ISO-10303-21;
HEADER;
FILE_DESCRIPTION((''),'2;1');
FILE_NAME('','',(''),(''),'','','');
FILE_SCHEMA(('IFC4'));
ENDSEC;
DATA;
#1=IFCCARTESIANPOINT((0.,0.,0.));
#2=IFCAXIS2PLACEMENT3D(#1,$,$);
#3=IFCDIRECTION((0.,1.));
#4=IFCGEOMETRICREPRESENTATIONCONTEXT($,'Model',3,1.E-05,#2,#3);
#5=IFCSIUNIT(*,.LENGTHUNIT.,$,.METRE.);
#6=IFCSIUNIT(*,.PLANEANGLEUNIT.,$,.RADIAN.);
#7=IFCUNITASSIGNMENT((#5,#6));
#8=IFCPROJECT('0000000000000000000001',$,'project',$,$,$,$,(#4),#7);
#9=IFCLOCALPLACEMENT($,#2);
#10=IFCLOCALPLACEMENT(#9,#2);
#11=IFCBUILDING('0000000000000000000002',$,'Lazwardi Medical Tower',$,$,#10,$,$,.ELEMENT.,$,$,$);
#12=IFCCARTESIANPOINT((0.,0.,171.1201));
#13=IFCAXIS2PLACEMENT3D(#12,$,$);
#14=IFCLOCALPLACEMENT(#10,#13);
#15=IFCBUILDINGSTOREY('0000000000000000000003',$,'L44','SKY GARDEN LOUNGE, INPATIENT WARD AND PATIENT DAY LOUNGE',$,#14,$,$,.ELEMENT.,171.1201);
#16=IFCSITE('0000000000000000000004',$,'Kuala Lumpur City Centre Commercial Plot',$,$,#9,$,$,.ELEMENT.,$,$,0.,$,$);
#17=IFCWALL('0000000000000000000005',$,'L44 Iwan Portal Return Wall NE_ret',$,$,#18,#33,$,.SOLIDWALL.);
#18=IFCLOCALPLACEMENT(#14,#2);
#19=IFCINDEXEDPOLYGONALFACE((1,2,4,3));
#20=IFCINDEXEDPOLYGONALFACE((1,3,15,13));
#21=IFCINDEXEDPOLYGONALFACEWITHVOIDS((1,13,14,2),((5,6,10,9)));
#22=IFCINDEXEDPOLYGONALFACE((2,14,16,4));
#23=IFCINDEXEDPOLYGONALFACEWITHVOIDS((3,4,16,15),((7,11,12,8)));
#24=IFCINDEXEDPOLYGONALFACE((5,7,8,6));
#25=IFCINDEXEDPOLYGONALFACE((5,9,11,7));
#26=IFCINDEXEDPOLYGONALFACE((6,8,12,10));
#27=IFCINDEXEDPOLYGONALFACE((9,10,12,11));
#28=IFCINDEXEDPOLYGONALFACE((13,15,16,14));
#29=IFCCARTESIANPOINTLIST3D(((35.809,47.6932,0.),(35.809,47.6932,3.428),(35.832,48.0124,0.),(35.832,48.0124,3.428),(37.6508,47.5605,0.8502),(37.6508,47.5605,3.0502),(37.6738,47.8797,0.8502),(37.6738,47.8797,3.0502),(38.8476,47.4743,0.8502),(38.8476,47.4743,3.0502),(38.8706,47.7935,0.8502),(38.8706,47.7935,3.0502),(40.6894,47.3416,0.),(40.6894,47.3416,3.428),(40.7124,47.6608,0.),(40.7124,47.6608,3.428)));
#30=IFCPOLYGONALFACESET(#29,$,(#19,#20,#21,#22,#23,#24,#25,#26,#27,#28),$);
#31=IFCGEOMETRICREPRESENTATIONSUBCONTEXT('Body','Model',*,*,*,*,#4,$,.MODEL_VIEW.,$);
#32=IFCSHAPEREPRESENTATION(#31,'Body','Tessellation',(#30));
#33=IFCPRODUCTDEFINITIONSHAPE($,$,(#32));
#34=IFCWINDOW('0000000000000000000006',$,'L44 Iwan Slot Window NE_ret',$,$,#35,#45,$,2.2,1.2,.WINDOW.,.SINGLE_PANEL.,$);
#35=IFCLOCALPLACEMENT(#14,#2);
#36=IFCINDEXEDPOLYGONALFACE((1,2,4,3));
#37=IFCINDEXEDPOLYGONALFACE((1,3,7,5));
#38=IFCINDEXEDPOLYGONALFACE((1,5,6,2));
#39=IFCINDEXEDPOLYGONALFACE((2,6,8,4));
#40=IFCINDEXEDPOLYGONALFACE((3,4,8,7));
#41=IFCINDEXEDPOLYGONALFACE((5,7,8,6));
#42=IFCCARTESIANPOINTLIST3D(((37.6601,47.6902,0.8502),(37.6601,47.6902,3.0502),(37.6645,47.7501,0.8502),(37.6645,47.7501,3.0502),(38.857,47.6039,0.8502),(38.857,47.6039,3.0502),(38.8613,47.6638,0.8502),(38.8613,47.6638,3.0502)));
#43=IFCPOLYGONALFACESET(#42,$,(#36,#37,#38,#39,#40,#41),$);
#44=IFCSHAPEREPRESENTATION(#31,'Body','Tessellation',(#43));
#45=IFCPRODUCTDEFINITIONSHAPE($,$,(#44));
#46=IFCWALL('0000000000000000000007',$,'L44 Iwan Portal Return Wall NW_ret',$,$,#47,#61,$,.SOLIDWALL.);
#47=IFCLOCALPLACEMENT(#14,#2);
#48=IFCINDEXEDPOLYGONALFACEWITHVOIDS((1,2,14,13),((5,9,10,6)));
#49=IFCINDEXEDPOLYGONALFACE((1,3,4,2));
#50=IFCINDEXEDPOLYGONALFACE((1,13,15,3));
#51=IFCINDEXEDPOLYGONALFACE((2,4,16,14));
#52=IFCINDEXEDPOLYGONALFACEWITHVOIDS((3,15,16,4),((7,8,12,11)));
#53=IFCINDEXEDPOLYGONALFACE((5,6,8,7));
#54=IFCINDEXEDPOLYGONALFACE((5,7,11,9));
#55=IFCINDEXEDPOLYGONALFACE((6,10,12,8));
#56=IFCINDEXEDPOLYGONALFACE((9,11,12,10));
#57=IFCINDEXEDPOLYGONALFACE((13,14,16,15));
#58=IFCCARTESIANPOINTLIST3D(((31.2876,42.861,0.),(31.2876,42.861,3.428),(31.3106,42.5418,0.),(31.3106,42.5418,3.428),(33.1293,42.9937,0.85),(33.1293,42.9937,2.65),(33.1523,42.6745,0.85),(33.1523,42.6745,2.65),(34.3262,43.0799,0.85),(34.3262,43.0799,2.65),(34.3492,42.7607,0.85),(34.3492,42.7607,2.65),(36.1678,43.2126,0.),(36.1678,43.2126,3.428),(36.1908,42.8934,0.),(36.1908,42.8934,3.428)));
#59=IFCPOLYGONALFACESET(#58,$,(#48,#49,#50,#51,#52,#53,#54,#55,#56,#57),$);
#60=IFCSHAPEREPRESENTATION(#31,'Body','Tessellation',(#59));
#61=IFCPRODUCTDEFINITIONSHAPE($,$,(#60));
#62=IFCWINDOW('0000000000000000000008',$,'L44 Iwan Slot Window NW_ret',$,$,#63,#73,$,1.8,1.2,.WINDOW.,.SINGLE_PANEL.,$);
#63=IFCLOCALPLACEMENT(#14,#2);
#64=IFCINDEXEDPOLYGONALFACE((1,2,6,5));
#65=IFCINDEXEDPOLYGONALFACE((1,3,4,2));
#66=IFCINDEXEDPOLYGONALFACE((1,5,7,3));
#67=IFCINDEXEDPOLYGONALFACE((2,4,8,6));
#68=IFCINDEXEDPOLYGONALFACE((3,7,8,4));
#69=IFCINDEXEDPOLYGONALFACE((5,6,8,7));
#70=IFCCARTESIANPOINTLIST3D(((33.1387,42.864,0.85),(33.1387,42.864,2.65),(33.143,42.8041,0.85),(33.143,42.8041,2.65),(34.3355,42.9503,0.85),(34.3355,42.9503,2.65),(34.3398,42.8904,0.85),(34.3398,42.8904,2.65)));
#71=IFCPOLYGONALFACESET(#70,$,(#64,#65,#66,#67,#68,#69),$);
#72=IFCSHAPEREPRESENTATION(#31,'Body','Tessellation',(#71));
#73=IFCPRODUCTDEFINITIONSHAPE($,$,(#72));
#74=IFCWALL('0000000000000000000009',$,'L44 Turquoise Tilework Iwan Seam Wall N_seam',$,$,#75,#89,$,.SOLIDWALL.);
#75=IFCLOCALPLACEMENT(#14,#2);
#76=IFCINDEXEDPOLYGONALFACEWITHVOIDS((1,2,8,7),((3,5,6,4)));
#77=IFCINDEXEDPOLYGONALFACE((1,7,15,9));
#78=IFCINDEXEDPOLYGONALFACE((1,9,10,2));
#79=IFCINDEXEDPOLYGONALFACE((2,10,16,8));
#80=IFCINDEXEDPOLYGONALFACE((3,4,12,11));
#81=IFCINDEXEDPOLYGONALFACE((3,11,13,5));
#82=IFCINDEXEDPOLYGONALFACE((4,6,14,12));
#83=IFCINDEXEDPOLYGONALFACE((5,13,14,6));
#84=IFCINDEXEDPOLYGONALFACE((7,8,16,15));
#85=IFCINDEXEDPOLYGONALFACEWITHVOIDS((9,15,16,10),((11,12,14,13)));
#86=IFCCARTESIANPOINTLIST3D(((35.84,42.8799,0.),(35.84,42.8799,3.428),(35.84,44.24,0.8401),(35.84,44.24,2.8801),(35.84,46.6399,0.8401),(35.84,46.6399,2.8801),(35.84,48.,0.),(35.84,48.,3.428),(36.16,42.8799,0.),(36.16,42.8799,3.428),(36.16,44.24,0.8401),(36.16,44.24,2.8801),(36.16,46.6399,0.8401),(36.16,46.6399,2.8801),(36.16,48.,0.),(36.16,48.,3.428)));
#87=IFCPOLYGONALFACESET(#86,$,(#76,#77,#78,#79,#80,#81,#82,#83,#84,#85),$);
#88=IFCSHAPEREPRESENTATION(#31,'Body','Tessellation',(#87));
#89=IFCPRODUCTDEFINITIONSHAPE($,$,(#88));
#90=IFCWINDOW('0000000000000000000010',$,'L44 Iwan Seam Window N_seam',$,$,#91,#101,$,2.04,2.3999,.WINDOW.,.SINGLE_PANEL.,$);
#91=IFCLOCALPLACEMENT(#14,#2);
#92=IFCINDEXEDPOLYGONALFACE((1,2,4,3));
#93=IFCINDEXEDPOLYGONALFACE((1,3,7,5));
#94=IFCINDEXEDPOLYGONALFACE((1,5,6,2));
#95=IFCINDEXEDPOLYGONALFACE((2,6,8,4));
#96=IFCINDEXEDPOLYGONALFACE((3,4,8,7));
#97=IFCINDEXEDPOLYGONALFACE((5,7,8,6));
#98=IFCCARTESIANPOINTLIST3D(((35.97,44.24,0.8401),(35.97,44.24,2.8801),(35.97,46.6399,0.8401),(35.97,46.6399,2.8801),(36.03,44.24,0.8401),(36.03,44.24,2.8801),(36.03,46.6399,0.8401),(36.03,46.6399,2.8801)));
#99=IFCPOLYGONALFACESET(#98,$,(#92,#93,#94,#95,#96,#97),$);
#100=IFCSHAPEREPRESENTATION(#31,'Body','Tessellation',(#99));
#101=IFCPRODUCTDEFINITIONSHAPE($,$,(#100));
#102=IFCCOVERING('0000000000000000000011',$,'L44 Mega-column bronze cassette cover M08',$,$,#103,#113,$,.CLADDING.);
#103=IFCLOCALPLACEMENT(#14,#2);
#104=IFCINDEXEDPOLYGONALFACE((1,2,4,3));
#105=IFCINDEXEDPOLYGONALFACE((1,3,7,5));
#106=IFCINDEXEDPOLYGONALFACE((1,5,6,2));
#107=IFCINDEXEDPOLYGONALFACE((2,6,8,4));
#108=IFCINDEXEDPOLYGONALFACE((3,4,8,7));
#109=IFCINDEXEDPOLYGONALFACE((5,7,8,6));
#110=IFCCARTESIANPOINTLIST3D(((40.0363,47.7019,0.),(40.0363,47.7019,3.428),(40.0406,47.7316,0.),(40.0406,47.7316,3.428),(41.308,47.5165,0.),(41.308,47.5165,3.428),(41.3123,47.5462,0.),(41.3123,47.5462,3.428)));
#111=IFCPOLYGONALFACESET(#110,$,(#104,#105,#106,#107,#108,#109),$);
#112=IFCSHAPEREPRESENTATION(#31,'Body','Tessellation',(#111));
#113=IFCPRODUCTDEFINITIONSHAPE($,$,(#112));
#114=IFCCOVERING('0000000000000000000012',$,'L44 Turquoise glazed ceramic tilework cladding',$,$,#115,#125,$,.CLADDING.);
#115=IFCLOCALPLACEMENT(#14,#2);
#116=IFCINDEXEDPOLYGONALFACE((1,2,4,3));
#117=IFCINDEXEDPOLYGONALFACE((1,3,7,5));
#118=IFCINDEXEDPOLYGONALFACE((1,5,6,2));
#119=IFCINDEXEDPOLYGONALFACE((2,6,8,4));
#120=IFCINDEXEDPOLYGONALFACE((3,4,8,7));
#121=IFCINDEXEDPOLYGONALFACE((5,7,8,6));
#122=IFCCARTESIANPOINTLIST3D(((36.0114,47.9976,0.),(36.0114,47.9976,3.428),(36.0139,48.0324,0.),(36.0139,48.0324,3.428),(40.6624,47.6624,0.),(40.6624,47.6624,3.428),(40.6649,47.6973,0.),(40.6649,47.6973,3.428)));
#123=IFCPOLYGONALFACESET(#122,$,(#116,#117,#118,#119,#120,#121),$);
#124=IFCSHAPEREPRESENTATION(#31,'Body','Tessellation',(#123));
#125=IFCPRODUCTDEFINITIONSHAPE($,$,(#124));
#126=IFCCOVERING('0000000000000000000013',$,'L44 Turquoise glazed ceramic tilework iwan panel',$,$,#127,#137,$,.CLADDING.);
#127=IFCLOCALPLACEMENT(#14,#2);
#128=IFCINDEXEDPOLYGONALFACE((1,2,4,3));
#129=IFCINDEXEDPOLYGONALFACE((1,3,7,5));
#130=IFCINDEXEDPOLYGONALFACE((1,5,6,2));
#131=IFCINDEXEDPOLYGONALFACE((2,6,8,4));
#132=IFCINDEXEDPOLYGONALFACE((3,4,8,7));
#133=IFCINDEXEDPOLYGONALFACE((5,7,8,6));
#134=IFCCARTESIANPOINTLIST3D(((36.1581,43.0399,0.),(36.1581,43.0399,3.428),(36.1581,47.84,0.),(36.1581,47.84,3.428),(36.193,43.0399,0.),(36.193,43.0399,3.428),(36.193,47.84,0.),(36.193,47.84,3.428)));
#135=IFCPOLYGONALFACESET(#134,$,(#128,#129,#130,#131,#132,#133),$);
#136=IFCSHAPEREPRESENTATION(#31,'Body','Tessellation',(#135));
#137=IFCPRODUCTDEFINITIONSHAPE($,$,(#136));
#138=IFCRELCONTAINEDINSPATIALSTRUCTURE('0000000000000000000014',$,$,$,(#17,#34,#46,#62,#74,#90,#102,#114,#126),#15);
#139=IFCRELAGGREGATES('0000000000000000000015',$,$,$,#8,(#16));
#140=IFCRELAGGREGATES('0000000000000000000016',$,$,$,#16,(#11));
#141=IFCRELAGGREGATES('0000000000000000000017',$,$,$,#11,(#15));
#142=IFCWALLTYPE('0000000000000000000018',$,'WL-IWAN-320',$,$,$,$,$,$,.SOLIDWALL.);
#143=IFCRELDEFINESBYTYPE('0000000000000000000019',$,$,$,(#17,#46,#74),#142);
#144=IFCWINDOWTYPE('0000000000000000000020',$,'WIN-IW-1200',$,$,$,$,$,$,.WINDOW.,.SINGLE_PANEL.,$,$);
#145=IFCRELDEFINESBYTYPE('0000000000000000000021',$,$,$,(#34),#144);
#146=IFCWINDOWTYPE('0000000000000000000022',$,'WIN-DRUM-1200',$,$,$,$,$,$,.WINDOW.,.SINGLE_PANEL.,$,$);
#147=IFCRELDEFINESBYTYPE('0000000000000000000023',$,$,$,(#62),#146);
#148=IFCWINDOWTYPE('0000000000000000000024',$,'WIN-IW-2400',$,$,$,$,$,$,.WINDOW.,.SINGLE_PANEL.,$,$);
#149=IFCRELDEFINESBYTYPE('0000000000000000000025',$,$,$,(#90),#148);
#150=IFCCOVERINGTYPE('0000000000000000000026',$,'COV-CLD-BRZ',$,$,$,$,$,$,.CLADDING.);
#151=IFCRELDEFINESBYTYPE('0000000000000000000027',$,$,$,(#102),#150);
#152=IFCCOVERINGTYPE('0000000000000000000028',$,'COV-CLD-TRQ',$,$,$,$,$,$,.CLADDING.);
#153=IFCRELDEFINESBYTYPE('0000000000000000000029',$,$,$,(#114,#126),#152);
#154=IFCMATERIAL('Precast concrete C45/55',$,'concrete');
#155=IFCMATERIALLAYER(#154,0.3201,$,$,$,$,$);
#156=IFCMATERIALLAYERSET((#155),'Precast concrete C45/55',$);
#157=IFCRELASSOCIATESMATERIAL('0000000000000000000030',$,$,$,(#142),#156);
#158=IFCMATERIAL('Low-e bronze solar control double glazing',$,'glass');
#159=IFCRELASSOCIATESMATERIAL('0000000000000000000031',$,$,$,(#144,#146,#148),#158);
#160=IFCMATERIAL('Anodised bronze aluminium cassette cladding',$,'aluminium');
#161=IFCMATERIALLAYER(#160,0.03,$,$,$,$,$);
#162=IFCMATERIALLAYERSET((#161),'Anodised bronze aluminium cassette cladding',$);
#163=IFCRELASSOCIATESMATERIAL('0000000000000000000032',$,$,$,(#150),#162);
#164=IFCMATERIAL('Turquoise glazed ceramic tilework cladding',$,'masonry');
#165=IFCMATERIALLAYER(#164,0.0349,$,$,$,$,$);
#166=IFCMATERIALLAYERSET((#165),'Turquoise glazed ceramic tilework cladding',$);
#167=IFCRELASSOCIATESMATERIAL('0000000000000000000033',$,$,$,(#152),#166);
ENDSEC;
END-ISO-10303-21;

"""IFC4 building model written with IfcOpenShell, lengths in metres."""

from ifc_helpers import new_model, si_unit, direction, frame, frame_2d, origin, origin_2d, place, context, subcontext, project, spatial, rectangle, extrude, material, layer, layer_set, type_object, element, fill, save


model = new_model("IFC4")

# Units and contexts
model_context = context("Model", 3, precision=1e-05, world=origin(), true_north=direction((0.0, 1.0)))
body_context = subcontext(model_context, "Body", "Model", "MODEL_VIEW")
ifc_project = project(units=[si_unit("LENGTHUNIT", "METRE"), si_unit("PLANEANGLEUNIT", "RADIAN")], contexts=[model_context])

# Site, building, storey
site_placement = place(None, origin())
site = spatial("IfcSite", under=ifc_project, at=site_placement, Name="Kuala Lumpur City Centre Commercial Plot", CompositionType="ELEMENT", RefElevation=0.0)
building_placement = place(site_placement, origin())
building = spatial("IfcBuilding", under=site, at=building_placement, Name="Lazwardi Medical Tower", CompositionType="ELEMENT")
storey_placement = place(building_placement, frame((0.0, 0.0, 171.1201)))
storey = spatial("IfcBuildingStorey", under=building, at=storey_placement, Name="L44", Description="SKY GARDEN LOUNGE, INPATIENT WARD AND PATIENT DAY LOUNGE", CompositionType="ELEMENT", Elevation=171.1201)

# Walls, openings, windows
ifc_material_1 = material(Name="Precast concrete C45/55", Category="concrete")
ifc_layer_1 = layer(ifc_material_1, 0.3201)
ifc_layer_set_1 = layer_set([ifc_layer_1], Name="Precast concrete C45/55")
wall_type_1 = type_object("IfcWallType", Name="WL-IWAN-320", PredefinedType="SOLIDWALL", material=ifc_layer_set_1)
wall_1_placement = place(storey_placement, frame((40.7009, 47.5012, 0.0), z_axis=(0.0, 0.0, 1.0), x_axis=(-0.997415, 0.07185, 0.0)))
wall_1 = element("IfcWall", 1, at=wall_1_placement, inside=storey, type_object=wall_type_1, Name="L44 Iwan Portal Return Wall NE_ret", PredefinedType="SOLIDWALL", context=body_context, shape_type="SweptSolid", body=[
    extrude(rectangle(XDim=4.8931, YDim=0.3201, at=frame_2d((2.4465, 0.0))), origin(), (0.0, 0.0, 1.0), 3.428),
])
opening_1_placement = place(wall_1_placement, frame((1.8464, 0.0, 0.8501)))
opening_1 = element("IfcOpeningElement", 2, at=opening_1_placement, cuts=wall_1, PredefinedType="OPENING", context=body_context, shape_type="SweptSolid", body=[
    extrude(rectangle(XDim=1.2, YDim=2.2, at=frame_2d((0.6001, 1.1001))), frame((0.0, 0.1699, 0.0), z_axis=(0.0, -1.0, 0.0), x_axis=(1.0, 0.0, 0.0)), (0.0, 0.0, 1.0), 0.3401),
])
ifc_material_2 = material(Name="Low-e bronze solar control double glazing", Category="glass")
window_type_1 = type_object("IfcWindowType", Name="WIN-IW-1200", PartitioningType="SINGLE_PANEL", PredefinedType="WINDOW", material=ifc_material_2)
window_1_placement = place(opening_1_placement, origin())
window_1 = element("IfcWindow", 3, at=window_1_placement, inside=storey, type_object=window_type_1, Name="L44 Iwan Slot Window NE_ret", OverallHeight=2.2, OverallWidth=1.2, PartitioningType="SINGLE_PANEL", PredefinedType="WINDOW", context=body_context, shape_type="SweptSolid", body=[
    extrude(rectangle(XDim=1.2, YDim=2.2, at=frame_2d((0.6001, 1.1001))), frame((0.0, 0.03, 0.0), z_axis=(0.0, -1.0, 0.0), x_axis=(1.0, 0.0, 0.0)), (0.0, 0.0, 1.0), 0.0601),
])
fill(opening_1, window_1)
wall_2_placement = place(storey_placement, frame((36.1792, 43.053, 0.0), z_axis=(0.0, 0.0, 1.0), x_axis=(-0.997415, -0.071853, 0.0)))
wall_2 = element("IfcWall", 4, at=wall_2_placement, inside=storey, type_object=wall_type_1, Name="L44 Iwan Portal Return Wall NW_ret", PredefinedType="SOLIDWALL", context=body_context, shape_type="SweptSolid", body=[
    extrude(rectangle(XDim=4.8928, YDim=0.3201, at=frame_2d((2.4463, 0.0))), origin(), (0.0, 0.0, 1.0), 3.428),
])
opening_2_placement = place(wall_2_placement, frame((1.8462, 0.0, 0.8501)))
opening_2 = element("IfcOpeningElement", 5, at=opening_2_placement, cuts=wall_2, PredefinedType="OPENING", context=body_context, shape_type="SweptSolid", body=[
    extrude(rectangle(XDim=1.2, YDim=1.8, at=frame_2d((0.6001, 0.8999))), frame((0.0, 0.1699, 0.0), z_axis=(0.0, -1.0, 0.0), x_axis=(1.0, 0.0, 0.0)), (0.0, 0.0, 1.0), 0.3401),
])
window_type_2 = type_object("IfcWindowType", Name="WIN-DRUM-1200", PartitioningType="SINGLE_PANEL", PredefinedType="WINDOW", material=ifc_material_2)
window_2_placement = place(opening_2_placement, origin())
window_2 = element("IfcWindow", 6, at=window_2_placement, inside=storey, type_object=window_type_2, Name="L44 Iwan Slot Window NW_ret", OverallHeight=1.8, OverallWidth=1.2, PartitioningType="SINGLE_PANEL", PredefinedType="WINDOW", context=body_context, shape_type="SweptSolid", body=[
    extrude(rectangle(XDim=1.2, YDim=1.8, at=frame_2d((0.6001, 0.8999))), frame((0.0, 0.03, 0.0), z_axis=(0.0, -1.0, 0.0), x_axis=(1.0, 0.0, 0.0)), (0.0, 0.0, 1.0), 0.0601),
])
fill(opening_2, window_2)
wall_3_placement = place(storey_placement, frame((36.0, 48.0, 0.0), z_axis=(0.0, 0.0, 1.0), x_axis=(0.0, -1.0, 0.0)))
wall_3 = element("IfcWall", 7, at=wall_3_placement, inside=storey, type_object=wall_type_1, Name="L44 Turquoise Tilework Iwan Seam Wall N_seam", PredefinedType="SOLIDWALL", context=body_context, shape_type="SweptSolid", body=[
    extrude(rectangle(XDim=5.1201, YDim=0.3201, at=frame_2d((2.5601, 0.0))), origin(), (0.0, 0.0, 1.0), 3.428),
])
opening_3_placement = place(wall_3_placement, frame((1.3601, 0.0, 0.8401)))
opening_3 = element("IfcOpeningElement", 8, at=opening_3_placement, cuts=wall_3, PredefinedType="OPENING", context=body_context, shape_type="SweptSolid", body=[
    extrude(rectangle(XDim=2.3999, YDim=2.04, at=frame_2d((1.2, 1.02))), frame((0.0, 0.1699, 0.0), z_axis=(0.0, -1.0, 0.0), x_axis=(1.0, 0.0, 0.0)), (0.0, 0.0, 1.0), 0.3401),
])
window_type_3 = type_object("IfcWindowType", Name="WIN-IW-2400", PartitioningType="SINGLE_PANEL", PredefinedType="WINDOW", material=ifc_material_2)
window_3_placement = place(opening_3_placement, origin())
window_3 = element("IfcWindow", 9, at=window_3_placement, inside=storey, type_object=window_type_3, Name="L44 Iwan Seam Window N_seam", OverallHeight=2.04, OverallWidth=2.3999, PartitioningType="SINGLE_PANEL", PredefinedType="WINDOW", context=body_context, shape_type="SweptSolid", body=[
    extrude(rectangle(XDim=2.3999, YDim=2.04, at=frame_2d((1.2, 1.02))), frame((0.0, 0.03, 0.0), z_axis=(0.0, -1.0, 0.0), x_axis=(1.0, 0.0, 0.0)), (0.0, 0.0, 1.0), 0.0601),
])
fill(opening_3, window_3)

# Coverings
ifc_material_3 = material(Name="Anodised bronze aluminium cassette cladding", Category="aluminium")
ifc_layer_2 = layer(ifc_material_3, 0.03)
ifc_layer_set_2 = layer_set([ifc_layer_2], Name="Anodised bronze aluminium cassette cladding")
covering_type_1 = type_object("IfcCoveringType", Name="COV-CLD-BRZ", PredefinedType="CLADDING", material=ifc_layer_set_2)
covering_1_placement = place(storey_placement, frame((40.6743, 47.624, 0.0), z_axis=(0.0, 0.0, 1.0), x_axis=(-0.989539, 0.144265, 0.0)))
element("IfcCovering", 10, at=covering_1_placement, inside=storey, type_object=covering_type_1, Name="L44 Mega-column bronze cassette cover M08", PredefinedType="CLADDING", context=body_context, shape_type="SweptSolid", body=[
    extrude(rectangle(XDim=1.2852, YDim=0.03, at=origin_2d()), origin(), (0.0, 0.0, 1.0), 3.428),
])
ifc_material_4 = material(Name="Turquoise glazed ceramic tilework cladding", Category="masonry")
ifc_layer_3 = layer(ifc_material_4, 0.0349)
ifc_layer_set_3 = layer_set([ifc_layer_3], Name="Turquoise glazed ceramic tilework cladding")
covering_type_2 = type_object("IfcCoveringType", Name="COV-CLD-TRQ", PredefinedType="CLADDING", material=ifc_layer_set_3)
covering_2_placement = place(storey_placement, frame((38.3381, 47.8474, 0.0), z_axis=(0.0, 0.0, 1.0), x_axis=(-0.997415, 0.071863, 0.0)))
element("IfcCovering", 11, at=covering_2_placement, inside=storey, type_object=covering_type_2, Name="L44 Turquoise glazed ceramic tilework cladding", PredefinedType="CLADDING", context=body_context, shape_type="SweptSolid", body=[
    extrude(rectangle(XDim=4.6631, YDim=0.0349, at=origin_2d()), origin(), (0.0, 0.0, 1.0), 3.428),
])
covering_3_placement = place(storey_placement, frame((36.1755, 45.4399, 0.0), z_axis=(0.0, 0.0, 1.0), x_axis=(0.0, -1.0, 0.0)))
element("IfcCovering", 12, at=covering_3_placement, inside=storey, type_object=covering_type_2, Name="L44 Turquoise glazed ceramic tilework iwan panel", PredefinedType="CLADDING", context=body_context, shape_type="SweptSolid", body=[
    extrude(rectangle(XDim=4.8, YDim=0.0349, at=origin_2d()), origin(), (0.0, 0.0, 1.0), 3.428),
])

save(model, "model.ifc")
